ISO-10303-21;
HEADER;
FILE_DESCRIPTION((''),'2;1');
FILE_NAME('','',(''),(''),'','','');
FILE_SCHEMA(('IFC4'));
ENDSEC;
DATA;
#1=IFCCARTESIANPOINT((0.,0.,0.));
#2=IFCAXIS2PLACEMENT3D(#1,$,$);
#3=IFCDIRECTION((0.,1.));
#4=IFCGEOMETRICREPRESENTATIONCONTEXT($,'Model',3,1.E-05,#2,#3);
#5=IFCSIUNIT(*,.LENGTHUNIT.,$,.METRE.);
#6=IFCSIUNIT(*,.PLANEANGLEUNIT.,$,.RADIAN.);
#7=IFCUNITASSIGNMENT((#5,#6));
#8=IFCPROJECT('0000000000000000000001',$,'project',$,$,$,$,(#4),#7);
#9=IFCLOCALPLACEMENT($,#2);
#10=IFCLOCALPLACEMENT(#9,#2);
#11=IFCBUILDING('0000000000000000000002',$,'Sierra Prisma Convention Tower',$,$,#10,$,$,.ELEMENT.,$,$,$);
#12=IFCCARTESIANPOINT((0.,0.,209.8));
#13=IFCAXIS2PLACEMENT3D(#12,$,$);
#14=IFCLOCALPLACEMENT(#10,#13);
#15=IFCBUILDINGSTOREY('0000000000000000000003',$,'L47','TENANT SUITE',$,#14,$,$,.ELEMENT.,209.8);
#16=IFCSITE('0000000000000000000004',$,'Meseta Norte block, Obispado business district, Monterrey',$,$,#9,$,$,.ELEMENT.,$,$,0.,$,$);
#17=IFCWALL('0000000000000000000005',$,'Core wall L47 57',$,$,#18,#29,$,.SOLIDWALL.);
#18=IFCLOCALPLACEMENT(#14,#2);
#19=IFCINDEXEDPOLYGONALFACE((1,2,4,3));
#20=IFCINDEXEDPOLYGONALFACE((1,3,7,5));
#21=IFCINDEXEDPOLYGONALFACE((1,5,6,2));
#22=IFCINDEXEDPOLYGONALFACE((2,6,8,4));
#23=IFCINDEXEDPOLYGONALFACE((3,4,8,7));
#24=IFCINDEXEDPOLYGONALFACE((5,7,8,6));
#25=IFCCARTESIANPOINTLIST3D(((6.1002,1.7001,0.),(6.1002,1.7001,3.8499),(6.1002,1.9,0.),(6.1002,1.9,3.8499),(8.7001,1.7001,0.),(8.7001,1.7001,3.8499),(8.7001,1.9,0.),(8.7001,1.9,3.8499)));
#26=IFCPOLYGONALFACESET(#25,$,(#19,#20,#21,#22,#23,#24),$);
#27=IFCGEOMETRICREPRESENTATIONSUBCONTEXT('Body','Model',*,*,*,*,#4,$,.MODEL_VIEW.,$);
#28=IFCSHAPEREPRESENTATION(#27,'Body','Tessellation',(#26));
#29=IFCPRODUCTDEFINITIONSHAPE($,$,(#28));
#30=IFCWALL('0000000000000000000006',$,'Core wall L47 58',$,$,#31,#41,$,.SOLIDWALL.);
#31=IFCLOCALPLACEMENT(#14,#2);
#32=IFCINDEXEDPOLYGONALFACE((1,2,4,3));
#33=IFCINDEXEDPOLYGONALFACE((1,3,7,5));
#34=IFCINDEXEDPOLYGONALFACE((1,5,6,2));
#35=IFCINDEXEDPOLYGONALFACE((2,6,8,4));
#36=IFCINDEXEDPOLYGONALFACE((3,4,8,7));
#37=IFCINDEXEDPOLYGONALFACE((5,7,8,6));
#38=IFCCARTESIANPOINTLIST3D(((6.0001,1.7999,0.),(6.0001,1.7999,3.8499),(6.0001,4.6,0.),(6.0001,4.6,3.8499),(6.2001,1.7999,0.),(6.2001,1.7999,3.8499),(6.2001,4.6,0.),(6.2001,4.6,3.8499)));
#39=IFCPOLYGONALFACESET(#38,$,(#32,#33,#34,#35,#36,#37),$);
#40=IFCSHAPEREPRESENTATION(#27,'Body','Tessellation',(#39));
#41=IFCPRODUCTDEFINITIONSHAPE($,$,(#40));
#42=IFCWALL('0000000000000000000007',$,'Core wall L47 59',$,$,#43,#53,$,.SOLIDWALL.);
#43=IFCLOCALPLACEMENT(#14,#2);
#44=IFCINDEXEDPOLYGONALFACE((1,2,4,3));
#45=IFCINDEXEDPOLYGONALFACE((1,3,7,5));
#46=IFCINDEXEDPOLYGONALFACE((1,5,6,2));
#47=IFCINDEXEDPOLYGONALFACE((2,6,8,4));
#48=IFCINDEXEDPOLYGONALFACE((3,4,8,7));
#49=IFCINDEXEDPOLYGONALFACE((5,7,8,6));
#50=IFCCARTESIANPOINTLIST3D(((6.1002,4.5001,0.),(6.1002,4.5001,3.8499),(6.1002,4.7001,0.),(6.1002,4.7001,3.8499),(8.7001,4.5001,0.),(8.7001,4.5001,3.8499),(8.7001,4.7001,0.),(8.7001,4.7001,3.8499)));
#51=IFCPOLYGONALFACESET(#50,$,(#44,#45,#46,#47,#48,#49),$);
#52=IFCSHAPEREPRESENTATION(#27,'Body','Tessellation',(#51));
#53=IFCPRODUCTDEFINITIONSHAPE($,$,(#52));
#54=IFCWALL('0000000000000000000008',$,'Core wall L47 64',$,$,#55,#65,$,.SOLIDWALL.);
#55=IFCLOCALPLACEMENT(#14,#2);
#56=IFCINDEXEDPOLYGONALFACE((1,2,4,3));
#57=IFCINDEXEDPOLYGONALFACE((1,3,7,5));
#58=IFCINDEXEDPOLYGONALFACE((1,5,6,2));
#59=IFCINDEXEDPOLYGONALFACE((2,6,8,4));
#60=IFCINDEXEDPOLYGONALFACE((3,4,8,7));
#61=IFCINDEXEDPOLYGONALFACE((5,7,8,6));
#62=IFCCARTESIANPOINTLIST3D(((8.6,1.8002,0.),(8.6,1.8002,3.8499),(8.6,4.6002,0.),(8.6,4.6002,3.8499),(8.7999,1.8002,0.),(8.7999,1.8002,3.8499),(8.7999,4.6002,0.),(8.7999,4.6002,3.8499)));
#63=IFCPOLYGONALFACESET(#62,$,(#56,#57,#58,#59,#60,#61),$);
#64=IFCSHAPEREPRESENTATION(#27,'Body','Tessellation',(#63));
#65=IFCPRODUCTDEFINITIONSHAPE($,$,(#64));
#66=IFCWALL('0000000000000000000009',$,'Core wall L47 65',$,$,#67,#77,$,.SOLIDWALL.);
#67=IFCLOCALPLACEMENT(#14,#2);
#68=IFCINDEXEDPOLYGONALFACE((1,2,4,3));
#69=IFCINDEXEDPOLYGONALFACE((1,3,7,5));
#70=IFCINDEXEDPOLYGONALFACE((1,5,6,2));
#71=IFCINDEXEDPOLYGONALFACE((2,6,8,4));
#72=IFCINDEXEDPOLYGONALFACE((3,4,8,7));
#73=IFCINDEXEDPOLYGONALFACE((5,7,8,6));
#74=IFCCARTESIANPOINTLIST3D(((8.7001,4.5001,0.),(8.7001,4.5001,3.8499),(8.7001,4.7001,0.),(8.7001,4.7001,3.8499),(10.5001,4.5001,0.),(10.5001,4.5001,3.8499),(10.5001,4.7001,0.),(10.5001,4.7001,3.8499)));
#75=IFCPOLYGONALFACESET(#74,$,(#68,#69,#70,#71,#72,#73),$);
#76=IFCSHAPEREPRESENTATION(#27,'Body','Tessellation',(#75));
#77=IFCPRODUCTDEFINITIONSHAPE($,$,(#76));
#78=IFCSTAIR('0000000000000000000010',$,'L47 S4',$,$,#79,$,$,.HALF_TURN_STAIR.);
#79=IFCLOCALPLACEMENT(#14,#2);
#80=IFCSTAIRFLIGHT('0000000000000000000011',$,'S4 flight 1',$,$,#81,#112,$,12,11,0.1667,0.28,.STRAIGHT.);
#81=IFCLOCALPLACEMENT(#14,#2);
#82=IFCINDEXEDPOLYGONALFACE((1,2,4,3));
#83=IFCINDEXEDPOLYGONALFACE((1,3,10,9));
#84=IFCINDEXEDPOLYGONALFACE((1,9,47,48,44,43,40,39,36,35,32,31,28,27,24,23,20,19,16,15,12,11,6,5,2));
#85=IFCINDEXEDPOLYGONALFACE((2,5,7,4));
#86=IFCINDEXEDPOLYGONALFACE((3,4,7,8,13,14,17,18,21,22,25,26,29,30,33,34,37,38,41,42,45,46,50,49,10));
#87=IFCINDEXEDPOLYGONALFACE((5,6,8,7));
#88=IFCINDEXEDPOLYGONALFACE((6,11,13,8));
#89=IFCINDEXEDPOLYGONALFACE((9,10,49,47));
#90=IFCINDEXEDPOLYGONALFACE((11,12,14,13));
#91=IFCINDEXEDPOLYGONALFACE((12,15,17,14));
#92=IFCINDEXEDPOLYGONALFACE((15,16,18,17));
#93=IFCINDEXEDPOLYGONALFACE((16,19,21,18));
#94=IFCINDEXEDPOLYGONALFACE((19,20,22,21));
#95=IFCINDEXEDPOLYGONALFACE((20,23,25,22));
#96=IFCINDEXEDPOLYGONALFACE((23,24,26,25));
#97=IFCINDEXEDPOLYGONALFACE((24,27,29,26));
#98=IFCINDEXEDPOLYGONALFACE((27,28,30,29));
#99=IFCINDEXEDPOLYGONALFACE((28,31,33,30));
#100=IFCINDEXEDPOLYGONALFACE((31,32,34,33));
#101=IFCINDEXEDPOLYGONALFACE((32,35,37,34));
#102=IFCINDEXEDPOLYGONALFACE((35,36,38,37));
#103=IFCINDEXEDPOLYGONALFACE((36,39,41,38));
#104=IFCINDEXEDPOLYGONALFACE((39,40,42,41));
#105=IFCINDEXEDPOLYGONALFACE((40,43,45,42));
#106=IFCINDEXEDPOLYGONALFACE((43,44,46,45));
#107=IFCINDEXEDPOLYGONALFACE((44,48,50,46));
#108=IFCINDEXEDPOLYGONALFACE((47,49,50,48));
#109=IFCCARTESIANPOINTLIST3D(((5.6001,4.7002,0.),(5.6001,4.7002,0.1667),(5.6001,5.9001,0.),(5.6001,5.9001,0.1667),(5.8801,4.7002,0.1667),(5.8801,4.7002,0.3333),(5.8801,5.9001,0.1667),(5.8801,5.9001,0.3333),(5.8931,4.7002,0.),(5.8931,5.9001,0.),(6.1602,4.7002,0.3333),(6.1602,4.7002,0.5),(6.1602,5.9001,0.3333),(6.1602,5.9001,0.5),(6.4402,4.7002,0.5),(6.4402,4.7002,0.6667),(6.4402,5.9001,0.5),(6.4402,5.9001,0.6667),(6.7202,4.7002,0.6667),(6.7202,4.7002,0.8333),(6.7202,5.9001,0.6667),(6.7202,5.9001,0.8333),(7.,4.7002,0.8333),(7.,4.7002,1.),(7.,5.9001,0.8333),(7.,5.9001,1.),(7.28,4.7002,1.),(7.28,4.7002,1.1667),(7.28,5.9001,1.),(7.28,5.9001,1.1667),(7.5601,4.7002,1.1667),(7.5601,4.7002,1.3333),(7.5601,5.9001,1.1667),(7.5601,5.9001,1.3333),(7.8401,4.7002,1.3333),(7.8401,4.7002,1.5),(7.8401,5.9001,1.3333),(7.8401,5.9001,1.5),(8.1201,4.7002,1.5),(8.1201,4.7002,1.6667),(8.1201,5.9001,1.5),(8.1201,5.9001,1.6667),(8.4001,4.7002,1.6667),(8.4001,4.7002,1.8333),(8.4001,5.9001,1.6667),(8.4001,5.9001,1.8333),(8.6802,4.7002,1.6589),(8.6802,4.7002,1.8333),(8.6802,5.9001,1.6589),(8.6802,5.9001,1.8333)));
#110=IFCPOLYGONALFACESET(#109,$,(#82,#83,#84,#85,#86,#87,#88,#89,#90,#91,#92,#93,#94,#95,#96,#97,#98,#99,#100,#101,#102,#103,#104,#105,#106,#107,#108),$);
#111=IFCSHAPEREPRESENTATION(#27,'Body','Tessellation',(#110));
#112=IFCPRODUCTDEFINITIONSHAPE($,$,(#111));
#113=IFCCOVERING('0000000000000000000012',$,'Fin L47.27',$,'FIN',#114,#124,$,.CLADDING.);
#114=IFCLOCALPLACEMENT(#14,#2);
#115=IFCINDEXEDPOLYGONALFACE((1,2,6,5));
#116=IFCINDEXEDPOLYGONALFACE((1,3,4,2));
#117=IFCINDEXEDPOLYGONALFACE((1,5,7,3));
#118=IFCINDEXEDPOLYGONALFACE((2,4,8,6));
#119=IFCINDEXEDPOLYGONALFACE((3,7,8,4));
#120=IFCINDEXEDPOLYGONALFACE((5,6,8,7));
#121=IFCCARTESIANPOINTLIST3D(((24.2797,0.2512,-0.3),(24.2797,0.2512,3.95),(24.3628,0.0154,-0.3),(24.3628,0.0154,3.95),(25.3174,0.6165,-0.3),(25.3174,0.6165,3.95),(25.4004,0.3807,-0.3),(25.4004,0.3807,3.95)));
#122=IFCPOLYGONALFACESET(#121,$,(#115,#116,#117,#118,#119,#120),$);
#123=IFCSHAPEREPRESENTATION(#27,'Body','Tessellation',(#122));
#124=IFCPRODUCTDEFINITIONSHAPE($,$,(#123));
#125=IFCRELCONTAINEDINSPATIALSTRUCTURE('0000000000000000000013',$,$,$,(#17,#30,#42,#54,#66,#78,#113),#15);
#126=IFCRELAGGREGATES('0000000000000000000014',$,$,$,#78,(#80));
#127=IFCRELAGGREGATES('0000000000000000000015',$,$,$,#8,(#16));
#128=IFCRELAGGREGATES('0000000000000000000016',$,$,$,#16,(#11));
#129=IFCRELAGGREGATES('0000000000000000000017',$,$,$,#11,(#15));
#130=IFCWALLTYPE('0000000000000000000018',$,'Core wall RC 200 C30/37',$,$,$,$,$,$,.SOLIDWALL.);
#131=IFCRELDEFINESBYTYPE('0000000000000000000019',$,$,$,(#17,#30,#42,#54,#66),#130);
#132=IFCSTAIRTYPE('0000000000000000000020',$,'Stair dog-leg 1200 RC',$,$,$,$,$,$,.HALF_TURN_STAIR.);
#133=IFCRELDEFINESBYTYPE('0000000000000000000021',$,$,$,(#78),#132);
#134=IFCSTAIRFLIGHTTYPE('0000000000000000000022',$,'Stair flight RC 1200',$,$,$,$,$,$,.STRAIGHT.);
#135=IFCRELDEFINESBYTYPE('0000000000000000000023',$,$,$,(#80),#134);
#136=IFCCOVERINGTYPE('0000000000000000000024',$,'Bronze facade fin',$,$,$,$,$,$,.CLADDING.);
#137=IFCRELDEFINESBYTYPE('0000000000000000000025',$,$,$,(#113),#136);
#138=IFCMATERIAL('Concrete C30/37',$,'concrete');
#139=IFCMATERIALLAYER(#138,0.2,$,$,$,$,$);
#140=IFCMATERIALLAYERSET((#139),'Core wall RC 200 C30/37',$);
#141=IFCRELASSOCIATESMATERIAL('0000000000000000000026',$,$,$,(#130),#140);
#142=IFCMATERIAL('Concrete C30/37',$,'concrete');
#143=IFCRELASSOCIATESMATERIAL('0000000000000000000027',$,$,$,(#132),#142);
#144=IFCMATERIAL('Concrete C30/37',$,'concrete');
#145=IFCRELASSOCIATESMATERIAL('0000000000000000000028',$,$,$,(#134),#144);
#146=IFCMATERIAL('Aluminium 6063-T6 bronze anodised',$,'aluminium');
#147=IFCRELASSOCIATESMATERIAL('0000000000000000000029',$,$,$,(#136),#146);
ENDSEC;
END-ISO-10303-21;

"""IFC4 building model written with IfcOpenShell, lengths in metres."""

from ifc_helpers import new_model, si_unit, direction, frame, frame_2d, origin, origin_2d, place, context, subcontext, project, spatial, polyline, rectangle, outline, extrude, material, layer, layer_set, material_profile, profile_set, type_object, element, aggregate, save


model = new_model("IFC4")

# Units and contexts
model_context = context("Model", 3, precision=1e-05, world=origin(), true_north=direction((0.0, 1.0)))
body_context = subcontext(model_context, "Body", "Model", "MODEL_VIEW")
ifc_project = project(units=[si_unit("LENGTHUNIT", "METRE"), si_unit("PLANEANGLEUNIT", "RADIAN")], contexts=[model_context])

# Site, building, storey
site_placement = place(None, origin())
site = spatial("IfcSite", under=ifc_project, at=site_placement, Name="Meseta Norte block, Obispado business district, Monterrey", CompositionType="ELEMENT", RefElevation=0.0)
building_placement = place(site_placement, origin())
building = spatial("IfcBuilding", under=site, at=building_placement, Name="Sierra Prisma Convention Tower", CompositionType="ELEMENT")
storey_placement = place(building_placement, frame((0.0, 0.0, 209.8)))
storey = spatial("IfcBuildingStorey", under=building, at=storey_placement, Name="L47", Description="TENANT SUITE", CompositionType="ELEMENT", Elevation=209.8)

# Walls
ifc_material_1 = material(Name="Concrete C30/37", Category="concrete")
ifc_layer_1 = layer(ifc_material_1, 0.2)
ifc_layer_set_1 = layer_set([ifc_layer_1], Name="Core wall RC 200 C30/37")
wall_type = type_object("IfcWallType", Name="Core wall RC 200 C30/37", PredefinedType="SOLIDWALL", material=ifc_layer_set_1)
wall_1_placement = place(storey_placement, frame((8.7, 1.8, 0.0), z_axis=(0.0, 0.0, 1.0), x_axis=(-1.0, 0.0, 0.0)))
element("IfcWall", 1, at=wall_1_placement, inside=storey, type_object=wall_type, Name="Core wall L47 57", PredefinedType="SOLIDWALL", context=body_context, shape_type="SweptSolid", body=[
    extrude(rectangle(XDim=2.5999, YDim=0.2, at=frame_2d((1.2998, 0.0))), origin(), (0.0, 0.0, 1.0), 3.8499),
])
wall_2_placement = place(storey_placement, frame((6.1001, 1.8, 0.0), z_axis=(0.0, 0.0, 1.0), x_axis=(0.0, 1.0, 0.0)))
element("IfcWall", 2, at=wall_2_placement, inside=storey, type_object=wall_type, Name="Core wall L47 58", PredefinedType="SOLIDWALL", context=body_context, shape_type="SweptSolid", body=[
    extrude(rectangle(XDim=2.8, YDim=0.2, at=frame_2d((1.3999, 0.0))), origin(), (0.0, 0.0, 1.0), 3.8499),
])
wall_3_placement = place(storey_placement, frame((8.7, 4.6001, 0.0), z_axis=(0.0, 0.0, 1.0), x_axis=(-1.0, 0.0, 0.0)))
element("IfcWall", 3, at=wall_3_placement, inside=storey, type_object=wall_type, Name="Core wall L47 59", PredefinedType="SOLIDWALL", context=body_context, shape_type="SweptSolid", body=[
    extrude(rectangle(XDim=2.5999, YDim=0.2, at=frame_2d((1.2998, 0.0))), origin(), (0.0, 0.0, 1.0), 3.8499),
])

# Walls
wall_4_placement = place(storey_placement, frame((8.7, 4.6001, 0.0), z_axis=(0.0, 0.0, 1.0), x_axis=(0.0, -1.0, 0.0)))
element("IfcWall", 4, at=wall_4_placement, inside=storey, type_object=wall_type, Name="Core wall L47 64", PredefinedType="SOLIDWALL", context=body_context, shape_type="SweptSolid", body=[
    extrude(rectangle(XDim=2.8, YDim=0.2, at=frame_2d((1.3999, 0.0))), origin(), (0.0, 0.0, 1.0), 3.8499),
])
wall_5_placement = place(storey_placement, frame((10.5, 4.6001, 0.0), z_axis=(0.0, 0.0, 1.0), x_axis=(-1.0, 0.0, 0.0)))
element("IfcWall", 5, at=wall_5_placement, inside=storey, type_object=wall_type, Name="Core wall L47 65", PredefinedType="SOLIDWALL", context=body_context, shape_type="SweptSolid", body=[
    extrude(rectangle(XDim=1.8, YDim=0.2, at=frame_2d((0.8999, 0.0))), origin(), (0.0, 0.0, 1.0), 3.8499),
])

# Stair, stair flight
ifc_material_2 = material(Name="Concrete C30/37", Category="concrete")
stair_type = type_object("IfcStairType", Name="Stair dog-leg 1200 RC", PredefinedType="HALF_TURN_STAIR", material=ifc_material_2)
stair_placement = place(storey_placement, origin())
stair = element("IfcStair", 6, at=stair_placement, inside=storey, type_object=stair_type, Name="L47 S4", PredefinedType="HALF_TURN_STAIR")
ifc_material_3 = material(Name="Concrete C30/37", Category="concrete")
stair_flight_type = type_object("IfcStairFlightType", Name="Stair flight RC 1200", PredefinedType="STRAIGHT", material=ifc_material_3)
stair_flight_placement = place(storey_placement, frame((5.6001, 5.3, 0.0), z_axis=(0.0, 0.0, 1.0), x_axis=(1.0, 0.0, 0.0)))
stair_flight = element("IfcStairFlight", 7, at=stair_flight_placement, type_object=stair_flight_type, Name="S4 flight 1", NumberOfRisers=12, NumberOfTreads=11, PredefinedType="STRAIGHT", RiserHeight=0.1667, TreadLength=0.28, context=body_context, shape_type="SweptSolid", body=[
    extrude(outline(polyline([(0.0, 0.0), (0.0, 0.1667), (0.28, 0.1667), (0.28, 0.3333), (0.5601, 0.3333), (0.5601, 0.5), (0.8401, 0.5), (0.8401, 0.6667), (1.1201, 0.6667), (1.1201, 0.8333), (1.3999, 0.8333), (1.3999, 1.0), (1.6799, 1.0), (1.6799, 1.1667), (1.96, 1.1667), (1.96, 1.3333), (2.24, 1.3333), (2.24, 1.5), (2.52, 1.5), (2.52, 1.6667), (2.8, 1.6667), (2.8, 1.8333), (3.0801, 1.8333), (3.0801, 2.0), (3.0801, 1.6589), (0.293, 0.0), (0.0, 0.0)])), frame((0.0, 0.6001, 0.0), z_axis=(0.0, -1.0, 0.0), x_axis=(1.0, 0.0, 0.0)), (0.0, 0.0, 1.0), 1.2),
])
aggregate(stair, [stair_flight])

# Covering
ifc_material_4 = material(Name="Aluminium 6063-T6 bronze anodised", Category="aluminium")
ifc_material_profile_1 = material_profile(ifc_material_4, rectangle(XDim=1.1001, YDim=0.25, at=origin_2d()), Name="ALU FIN 1100x250")
ifc_profile_set_1 = profile_set([ifc_material_profile_1], Name="Aluminium 6063-T6 bronze anodised")
covering_type = type_object("IfcCoveringType", Name="Bronze facade fin", PredefinedType="CLADDING", material=ifc_profile_set_1)
covering_placement = place(storey_placement, frame((24.8401, 0.3159, -0.3), z_axis=(0.0, 0.0, 1.0), x_axis=(0.943258, 0.33206, 0.0)))
element("IfcCovering", 8, at=covering_placement, inside=storey, type_object=covering_type, Name="Fin L47.27", ObjectType="FIN", PredefinedType="CLADDING", context=body_context, shape_type="SweptSolid", body=[
    extrude(rectangle(XDim=1.1001, YDim=0.25, at=origin_2d()), origin(), (0.0, 0.0, 1.0), 4.25),
])

save(model, "model.ifc")
